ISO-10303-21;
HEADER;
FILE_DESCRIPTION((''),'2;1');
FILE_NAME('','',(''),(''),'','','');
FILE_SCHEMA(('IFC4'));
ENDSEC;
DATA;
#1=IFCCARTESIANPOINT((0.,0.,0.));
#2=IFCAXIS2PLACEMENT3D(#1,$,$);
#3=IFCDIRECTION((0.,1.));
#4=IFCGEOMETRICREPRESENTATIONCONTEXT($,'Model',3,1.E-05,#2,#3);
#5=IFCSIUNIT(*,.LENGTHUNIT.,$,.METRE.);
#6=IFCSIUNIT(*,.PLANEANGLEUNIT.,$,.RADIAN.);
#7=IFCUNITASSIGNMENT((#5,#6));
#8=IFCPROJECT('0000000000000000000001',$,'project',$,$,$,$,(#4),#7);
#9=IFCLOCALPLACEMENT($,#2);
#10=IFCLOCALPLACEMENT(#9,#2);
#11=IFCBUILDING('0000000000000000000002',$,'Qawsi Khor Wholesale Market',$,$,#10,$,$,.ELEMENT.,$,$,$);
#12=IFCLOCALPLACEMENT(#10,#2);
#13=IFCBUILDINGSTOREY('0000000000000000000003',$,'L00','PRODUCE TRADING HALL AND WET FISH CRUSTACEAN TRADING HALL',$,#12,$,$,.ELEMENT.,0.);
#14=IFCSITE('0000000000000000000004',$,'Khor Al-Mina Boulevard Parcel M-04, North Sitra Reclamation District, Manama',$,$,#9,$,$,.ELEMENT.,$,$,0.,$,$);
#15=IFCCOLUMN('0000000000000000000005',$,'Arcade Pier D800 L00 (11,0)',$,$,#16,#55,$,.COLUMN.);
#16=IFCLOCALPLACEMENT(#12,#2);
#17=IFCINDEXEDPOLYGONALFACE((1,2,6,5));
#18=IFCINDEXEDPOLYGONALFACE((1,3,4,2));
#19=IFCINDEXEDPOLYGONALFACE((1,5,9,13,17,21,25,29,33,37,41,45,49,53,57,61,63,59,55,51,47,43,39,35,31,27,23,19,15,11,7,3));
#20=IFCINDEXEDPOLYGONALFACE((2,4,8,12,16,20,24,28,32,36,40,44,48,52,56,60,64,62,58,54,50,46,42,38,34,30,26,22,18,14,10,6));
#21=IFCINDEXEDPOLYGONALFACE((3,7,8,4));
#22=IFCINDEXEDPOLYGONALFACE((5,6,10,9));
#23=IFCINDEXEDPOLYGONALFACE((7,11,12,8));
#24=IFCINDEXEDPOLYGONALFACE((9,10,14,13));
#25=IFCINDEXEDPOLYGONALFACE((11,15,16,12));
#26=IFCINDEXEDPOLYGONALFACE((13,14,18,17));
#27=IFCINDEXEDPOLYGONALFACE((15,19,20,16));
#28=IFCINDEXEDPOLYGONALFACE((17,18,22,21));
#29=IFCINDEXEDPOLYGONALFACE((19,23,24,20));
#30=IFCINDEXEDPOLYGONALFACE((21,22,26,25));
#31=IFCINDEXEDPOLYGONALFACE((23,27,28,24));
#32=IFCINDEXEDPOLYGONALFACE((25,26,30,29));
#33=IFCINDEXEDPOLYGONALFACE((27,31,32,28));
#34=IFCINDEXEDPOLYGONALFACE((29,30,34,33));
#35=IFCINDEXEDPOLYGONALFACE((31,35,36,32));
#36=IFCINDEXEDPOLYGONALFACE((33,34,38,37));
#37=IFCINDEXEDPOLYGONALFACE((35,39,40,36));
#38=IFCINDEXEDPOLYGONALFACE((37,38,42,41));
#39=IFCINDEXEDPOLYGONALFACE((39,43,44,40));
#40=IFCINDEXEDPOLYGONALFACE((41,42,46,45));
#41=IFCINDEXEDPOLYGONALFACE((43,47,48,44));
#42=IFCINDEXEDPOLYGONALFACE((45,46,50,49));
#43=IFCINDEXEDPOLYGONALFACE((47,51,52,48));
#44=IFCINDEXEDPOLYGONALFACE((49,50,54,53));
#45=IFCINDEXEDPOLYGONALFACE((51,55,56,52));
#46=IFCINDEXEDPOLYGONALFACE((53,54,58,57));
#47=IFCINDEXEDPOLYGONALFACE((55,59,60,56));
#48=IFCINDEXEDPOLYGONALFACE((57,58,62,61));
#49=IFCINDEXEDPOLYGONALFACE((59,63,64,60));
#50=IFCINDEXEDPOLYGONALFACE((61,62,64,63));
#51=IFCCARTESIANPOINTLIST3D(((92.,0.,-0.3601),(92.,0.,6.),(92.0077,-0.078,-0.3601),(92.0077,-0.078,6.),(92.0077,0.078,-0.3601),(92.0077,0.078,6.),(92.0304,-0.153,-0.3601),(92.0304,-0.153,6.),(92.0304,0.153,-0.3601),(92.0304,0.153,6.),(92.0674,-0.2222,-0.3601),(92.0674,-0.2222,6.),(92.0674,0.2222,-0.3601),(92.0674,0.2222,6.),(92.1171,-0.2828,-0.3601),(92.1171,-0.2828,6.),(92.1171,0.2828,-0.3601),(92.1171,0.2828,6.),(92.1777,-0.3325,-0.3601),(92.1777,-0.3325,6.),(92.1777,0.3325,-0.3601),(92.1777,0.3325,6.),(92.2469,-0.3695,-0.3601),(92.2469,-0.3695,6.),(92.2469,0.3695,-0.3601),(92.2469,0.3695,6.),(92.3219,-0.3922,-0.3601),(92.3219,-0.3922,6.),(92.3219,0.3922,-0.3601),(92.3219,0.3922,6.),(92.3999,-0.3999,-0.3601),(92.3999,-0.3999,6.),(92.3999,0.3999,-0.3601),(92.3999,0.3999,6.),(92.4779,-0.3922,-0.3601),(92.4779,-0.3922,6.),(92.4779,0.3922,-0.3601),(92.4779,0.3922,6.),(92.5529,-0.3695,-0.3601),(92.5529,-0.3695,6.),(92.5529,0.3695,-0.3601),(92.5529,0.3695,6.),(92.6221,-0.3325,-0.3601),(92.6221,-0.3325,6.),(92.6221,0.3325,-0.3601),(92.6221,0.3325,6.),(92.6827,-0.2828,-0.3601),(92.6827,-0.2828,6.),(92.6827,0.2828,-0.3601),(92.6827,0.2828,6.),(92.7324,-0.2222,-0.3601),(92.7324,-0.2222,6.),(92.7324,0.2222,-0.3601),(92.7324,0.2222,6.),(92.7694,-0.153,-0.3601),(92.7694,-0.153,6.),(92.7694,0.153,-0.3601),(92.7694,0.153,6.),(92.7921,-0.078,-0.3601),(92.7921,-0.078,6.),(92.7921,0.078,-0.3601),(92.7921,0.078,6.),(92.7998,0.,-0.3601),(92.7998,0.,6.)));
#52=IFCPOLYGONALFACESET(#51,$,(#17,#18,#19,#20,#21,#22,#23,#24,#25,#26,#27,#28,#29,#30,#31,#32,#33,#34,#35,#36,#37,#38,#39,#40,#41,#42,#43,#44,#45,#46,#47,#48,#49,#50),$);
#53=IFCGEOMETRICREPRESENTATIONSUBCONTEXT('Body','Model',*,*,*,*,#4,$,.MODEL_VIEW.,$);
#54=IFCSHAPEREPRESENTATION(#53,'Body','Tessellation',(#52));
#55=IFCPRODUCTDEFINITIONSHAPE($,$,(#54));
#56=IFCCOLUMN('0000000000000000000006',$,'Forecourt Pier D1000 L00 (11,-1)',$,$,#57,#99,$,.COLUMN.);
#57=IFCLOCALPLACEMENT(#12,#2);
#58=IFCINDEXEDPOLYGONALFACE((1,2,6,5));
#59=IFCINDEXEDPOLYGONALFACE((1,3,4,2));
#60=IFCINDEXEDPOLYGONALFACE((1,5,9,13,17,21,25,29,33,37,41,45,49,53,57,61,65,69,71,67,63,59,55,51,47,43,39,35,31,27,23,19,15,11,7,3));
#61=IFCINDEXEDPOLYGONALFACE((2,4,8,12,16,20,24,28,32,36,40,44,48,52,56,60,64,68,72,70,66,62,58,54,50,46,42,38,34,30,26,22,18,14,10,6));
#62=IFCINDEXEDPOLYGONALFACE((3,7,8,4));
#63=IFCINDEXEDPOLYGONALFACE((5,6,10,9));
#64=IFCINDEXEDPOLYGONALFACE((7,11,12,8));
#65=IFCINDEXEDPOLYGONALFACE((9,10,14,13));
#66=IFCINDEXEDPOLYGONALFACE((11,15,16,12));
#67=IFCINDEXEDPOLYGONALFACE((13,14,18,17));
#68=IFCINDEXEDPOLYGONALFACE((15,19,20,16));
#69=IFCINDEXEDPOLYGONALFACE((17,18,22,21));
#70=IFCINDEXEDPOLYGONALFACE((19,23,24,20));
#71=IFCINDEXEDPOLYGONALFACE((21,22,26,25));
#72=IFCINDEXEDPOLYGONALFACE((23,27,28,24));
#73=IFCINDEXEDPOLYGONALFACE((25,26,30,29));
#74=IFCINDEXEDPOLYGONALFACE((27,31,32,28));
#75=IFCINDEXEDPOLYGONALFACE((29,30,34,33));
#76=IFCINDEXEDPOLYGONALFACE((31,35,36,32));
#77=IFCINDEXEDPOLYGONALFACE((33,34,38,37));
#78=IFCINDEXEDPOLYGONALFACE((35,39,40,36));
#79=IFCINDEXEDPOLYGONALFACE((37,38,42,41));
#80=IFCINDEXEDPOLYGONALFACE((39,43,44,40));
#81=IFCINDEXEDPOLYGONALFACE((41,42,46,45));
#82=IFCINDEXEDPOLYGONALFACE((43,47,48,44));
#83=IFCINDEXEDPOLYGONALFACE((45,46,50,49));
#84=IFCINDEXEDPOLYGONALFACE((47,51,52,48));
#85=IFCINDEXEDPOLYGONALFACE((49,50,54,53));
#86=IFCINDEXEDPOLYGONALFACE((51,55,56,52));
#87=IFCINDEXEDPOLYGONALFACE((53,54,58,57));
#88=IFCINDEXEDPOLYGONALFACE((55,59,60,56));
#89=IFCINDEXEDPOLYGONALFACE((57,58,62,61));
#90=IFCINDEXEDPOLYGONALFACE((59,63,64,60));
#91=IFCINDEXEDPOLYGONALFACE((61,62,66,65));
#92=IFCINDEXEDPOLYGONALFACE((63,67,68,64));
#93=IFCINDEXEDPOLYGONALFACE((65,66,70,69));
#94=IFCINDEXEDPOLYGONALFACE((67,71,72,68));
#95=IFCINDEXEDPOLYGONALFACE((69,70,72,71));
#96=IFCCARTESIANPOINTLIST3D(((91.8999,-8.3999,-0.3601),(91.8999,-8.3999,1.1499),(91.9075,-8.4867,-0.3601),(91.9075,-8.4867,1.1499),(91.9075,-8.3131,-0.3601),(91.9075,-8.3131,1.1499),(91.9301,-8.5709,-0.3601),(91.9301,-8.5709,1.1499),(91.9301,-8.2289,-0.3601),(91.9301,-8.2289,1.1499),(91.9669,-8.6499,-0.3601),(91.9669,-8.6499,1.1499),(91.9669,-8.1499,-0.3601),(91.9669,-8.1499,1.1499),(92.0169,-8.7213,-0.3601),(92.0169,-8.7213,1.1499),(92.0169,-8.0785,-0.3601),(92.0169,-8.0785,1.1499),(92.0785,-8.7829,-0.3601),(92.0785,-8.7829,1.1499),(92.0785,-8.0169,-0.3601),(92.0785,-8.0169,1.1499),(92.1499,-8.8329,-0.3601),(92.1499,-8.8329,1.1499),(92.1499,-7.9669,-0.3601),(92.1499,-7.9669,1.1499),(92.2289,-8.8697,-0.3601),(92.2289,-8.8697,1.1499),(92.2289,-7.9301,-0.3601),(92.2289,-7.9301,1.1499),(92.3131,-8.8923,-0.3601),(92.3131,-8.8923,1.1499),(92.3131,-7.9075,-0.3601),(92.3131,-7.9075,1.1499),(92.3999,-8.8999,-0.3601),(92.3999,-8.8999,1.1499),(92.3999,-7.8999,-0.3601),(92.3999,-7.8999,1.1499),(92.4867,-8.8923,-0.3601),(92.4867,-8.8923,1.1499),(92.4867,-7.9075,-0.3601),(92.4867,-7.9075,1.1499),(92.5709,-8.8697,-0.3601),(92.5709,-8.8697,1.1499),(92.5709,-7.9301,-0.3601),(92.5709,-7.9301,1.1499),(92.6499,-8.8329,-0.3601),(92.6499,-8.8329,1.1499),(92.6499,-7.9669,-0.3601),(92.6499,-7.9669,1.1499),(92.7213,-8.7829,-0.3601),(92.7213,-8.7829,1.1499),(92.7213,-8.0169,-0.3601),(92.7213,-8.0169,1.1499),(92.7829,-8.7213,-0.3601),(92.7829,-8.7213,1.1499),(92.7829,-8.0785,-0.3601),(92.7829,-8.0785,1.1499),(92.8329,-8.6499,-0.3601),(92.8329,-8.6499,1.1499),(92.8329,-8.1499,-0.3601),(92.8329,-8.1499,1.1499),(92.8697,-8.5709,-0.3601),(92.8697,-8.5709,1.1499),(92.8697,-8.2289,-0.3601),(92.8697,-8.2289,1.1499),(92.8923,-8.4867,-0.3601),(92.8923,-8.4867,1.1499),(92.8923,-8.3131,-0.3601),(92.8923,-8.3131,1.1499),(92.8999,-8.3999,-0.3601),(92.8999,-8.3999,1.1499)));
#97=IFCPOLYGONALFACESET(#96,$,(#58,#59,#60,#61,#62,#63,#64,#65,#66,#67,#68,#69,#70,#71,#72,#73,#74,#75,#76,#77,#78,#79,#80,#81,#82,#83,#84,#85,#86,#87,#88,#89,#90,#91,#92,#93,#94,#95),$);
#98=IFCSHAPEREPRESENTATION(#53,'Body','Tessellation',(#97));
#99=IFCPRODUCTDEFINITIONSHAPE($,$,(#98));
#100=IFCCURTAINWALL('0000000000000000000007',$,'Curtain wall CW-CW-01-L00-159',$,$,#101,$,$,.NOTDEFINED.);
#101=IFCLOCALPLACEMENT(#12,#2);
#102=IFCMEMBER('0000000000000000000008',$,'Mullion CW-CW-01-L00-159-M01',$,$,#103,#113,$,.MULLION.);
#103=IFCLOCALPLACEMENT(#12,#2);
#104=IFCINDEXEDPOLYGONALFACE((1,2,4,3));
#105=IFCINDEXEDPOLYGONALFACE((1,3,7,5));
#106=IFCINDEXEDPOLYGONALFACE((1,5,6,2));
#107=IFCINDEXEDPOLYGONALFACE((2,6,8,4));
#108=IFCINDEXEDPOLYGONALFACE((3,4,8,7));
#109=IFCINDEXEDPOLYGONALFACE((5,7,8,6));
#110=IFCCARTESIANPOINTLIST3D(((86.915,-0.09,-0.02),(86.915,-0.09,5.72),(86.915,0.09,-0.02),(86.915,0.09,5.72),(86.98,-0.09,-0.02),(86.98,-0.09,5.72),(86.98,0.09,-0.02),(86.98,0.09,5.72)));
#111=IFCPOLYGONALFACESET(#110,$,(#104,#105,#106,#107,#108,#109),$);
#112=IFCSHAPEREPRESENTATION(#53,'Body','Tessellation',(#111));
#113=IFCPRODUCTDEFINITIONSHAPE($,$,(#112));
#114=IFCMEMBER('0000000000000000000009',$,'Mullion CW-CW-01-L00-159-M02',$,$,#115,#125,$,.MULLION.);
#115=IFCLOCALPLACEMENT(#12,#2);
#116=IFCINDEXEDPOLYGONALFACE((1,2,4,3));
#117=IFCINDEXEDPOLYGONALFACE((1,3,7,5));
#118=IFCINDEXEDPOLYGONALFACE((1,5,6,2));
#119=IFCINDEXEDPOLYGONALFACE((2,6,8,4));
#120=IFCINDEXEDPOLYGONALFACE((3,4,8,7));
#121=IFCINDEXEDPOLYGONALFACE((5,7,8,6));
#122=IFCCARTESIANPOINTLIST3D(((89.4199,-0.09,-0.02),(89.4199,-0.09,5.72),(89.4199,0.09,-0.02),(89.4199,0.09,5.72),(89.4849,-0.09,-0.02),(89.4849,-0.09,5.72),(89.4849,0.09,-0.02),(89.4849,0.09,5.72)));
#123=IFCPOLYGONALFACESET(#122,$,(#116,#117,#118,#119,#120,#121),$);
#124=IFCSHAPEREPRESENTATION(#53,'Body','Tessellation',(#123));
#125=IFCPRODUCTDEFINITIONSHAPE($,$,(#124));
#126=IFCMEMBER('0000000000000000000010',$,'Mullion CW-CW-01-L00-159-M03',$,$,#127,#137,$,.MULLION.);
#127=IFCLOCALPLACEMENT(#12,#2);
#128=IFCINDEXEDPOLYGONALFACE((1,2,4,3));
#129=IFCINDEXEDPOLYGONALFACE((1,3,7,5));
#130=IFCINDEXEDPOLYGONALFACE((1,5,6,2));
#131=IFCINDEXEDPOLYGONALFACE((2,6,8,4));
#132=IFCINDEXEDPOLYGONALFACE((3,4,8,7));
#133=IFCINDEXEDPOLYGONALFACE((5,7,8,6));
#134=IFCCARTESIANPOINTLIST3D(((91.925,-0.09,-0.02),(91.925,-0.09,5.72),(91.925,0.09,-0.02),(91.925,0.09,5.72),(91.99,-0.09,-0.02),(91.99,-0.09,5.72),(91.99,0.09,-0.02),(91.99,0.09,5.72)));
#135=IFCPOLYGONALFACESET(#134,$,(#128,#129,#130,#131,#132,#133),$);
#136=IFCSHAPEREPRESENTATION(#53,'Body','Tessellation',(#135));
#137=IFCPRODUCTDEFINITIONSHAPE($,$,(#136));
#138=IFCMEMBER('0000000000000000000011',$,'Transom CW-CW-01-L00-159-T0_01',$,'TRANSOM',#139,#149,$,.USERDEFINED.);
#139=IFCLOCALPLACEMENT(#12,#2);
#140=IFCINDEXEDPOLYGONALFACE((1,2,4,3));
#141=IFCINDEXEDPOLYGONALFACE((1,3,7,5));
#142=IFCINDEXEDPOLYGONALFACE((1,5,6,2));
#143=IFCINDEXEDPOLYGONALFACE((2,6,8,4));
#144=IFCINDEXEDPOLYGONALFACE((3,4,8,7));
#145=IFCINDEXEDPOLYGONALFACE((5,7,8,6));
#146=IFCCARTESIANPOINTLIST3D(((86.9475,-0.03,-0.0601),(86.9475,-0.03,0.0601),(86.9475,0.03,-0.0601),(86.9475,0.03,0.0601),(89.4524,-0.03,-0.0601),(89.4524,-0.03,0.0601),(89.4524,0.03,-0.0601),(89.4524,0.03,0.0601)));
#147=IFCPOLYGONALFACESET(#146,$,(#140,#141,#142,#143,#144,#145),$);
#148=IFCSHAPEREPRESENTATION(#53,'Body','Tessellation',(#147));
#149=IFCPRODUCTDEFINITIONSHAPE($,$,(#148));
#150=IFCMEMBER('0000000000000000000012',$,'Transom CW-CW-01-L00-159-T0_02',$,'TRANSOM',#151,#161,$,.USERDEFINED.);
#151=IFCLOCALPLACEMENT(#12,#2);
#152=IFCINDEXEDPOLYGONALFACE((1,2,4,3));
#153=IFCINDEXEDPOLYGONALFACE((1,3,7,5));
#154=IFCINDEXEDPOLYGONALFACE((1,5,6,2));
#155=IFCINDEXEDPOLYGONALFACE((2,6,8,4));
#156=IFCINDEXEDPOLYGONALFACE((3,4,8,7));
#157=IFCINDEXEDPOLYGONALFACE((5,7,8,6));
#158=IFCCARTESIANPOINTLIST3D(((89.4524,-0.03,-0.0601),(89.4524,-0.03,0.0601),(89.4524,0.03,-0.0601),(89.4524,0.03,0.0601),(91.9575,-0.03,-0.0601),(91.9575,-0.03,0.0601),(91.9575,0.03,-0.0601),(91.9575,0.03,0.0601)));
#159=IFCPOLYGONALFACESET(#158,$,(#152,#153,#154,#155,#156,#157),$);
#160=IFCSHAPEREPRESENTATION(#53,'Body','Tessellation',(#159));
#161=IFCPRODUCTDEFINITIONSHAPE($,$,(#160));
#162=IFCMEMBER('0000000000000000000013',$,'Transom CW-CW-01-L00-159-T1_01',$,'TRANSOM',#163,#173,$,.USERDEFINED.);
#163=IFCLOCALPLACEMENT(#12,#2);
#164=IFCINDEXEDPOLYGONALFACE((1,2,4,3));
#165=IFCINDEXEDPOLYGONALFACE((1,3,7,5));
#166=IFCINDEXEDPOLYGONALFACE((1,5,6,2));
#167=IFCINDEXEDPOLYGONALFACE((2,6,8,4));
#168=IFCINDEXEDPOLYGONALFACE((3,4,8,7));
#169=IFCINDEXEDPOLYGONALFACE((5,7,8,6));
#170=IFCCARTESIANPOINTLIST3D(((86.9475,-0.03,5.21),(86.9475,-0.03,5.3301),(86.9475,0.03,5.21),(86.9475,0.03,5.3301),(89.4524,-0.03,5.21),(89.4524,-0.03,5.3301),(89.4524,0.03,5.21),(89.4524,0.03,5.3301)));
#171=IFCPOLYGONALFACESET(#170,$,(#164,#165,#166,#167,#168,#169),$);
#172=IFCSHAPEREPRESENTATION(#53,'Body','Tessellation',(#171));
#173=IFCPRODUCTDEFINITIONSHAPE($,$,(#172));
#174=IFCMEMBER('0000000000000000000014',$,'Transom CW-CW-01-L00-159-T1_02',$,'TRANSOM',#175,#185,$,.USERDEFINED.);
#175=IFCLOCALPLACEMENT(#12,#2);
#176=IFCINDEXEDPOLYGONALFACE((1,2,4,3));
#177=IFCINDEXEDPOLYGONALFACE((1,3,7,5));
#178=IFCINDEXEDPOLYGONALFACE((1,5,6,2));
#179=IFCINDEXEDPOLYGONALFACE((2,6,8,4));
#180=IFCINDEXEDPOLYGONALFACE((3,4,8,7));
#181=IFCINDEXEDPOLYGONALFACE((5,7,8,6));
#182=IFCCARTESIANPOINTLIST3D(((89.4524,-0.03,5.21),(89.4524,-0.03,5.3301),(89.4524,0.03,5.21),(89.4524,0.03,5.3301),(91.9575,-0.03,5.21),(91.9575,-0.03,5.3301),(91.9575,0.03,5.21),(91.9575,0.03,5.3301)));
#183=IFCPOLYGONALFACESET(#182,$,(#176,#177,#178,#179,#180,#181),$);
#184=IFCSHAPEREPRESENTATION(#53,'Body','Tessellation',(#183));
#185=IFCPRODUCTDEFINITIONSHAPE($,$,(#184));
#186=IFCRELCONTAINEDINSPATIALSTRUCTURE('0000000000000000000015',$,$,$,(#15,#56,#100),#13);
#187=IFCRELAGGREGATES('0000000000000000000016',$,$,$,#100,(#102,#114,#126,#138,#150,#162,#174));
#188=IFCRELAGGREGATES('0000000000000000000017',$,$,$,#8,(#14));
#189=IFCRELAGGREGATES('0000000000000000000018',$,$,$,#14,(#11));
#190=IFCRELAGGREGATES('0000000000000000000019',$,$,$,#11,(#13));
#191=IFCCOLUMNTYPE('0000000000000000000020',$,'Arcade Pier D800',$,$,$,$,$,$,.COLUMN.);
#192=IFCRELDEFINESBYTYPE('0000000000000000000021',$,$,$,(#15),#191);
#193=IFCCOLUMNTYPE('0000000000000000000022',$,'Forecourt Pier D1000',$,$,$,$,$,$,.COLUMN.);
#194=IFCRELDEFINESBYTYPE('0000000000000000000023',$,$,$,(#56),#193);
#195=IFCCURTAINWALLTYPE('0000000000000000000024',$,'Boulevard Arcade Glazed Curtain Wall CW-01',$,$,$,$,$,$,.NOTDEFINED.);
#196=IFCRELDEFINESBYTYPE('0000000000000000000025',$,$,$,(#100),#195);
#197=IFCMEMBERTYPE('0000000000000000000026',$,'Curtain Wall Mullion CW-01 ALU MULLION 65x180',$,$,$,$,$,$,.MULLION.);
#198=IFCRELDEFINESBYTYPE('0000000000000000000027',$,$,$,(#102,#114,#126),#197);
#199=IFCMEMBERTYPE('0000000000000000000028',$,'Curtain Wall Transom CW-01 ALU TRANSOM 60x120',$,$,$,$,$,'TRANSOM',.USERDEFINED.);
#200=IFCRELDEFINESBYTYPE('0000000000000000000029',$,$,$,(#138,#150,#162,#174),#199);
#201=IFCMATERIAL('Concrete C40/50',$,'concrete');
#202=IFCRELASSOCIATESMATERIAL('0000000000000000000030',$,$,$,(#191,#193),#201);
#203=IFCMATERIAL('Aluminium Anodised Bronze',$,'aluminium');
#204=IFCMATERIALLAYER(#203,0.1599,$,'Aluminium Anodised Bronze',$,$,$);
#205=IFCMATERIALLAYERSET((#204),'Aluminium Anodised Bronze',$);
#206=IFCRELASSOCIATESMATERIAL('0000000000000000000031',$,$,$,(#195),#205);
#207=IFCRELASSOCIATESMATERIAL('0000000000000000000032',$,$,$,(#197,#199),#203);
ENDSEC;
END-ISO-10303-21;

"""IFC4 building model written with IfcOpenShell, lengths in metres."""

from ifc_helpers import new_model, si_unit, direction, frame, origin, origin_2d, place, context, subcontext, project, spatial, rectangle, circle, extrude, material, layer, layer_set, material_profile, profile_set, type_object, element, aggregate, save


model = new_model("IFC4")

# Units and contexts
model_context = context("Model", 3, precision=1e-05, world=origin(), true_north=direction((0.0, 1.0)))
body_context = subcontext(model_context, "Body", "Model", "MODEL_VIEW")
ifc_project = project(units=[si_unit("LENGTHUNIT", "METRE"), si_unit("PLANEANGLEUNIT", "RADIAN")], contexts=[model_context])

# Site, building, storey
site_placement = place(None, origin())
site = spatial("IfcSite", under=ifc_project, at=site_placement, Name="Khor Al-Mina Boulevard Parcel M-04, North Sitra Reclamation District, Manama", CompositionType="ELEMENT", RefElevation=0.0)
building_placement = place(site_placement, origin())
building = spatial("IfcBuilding", under=site, at=building_placement, Name="Qawsi Khor Wholesale Market", CompositionType="ELEMENT")
storey_placement = place(building_placement, origin())
storey = spatial("IfcBuildingStorey", under=building, at=storey_placement, Name="L00", Description="PRODUCE TRADING HALL AND WET FISH CRUSTACEAN TRADING HALL", CompositionType="ELEMENT", Elevation=0.0)

# Columns
ifc_material_1 = material(Name="Concrete C40/50", Category="concrete")
ifc_material_profile_1 = material_profile(ifc_material_1, circle(Radius=0.3999, at=origin_2d()), Name="RC COL D800")
ifc_profile_set_1 = profile_set([ifc_material_profile_1], Name="Concrete C40/50")
column_type_1 = type_object("IfcColumnType", Name="Arcade Pier D800", PredefinedType="COLUMN", material=ifc_profile_set_1)
column_1_placement = place(storey_placement, frame((92.3999, 0.0, -0.3601), z_axis=(0.0, 0.0, 1.0), x_axis=(1.0, 0.0, 0.0)))
element("IfcColumn", 1, at=column_1_placement, inside=storey, type_object=column_type_1, Name="Arcade Pier D800 L00 (11,0)", PredefinedType="COLUMN", context=body_context, shape_type="SweptSolid", body=[
    extrude(circle(Radius=0.3999, at=origin_2d()), origin(), (0.0, 0.0, 1.0), 6.3601),
])
ifc_material_profile_2 = material_profile(ifc_material_1, circle(Radius=0.5, at=origin_2d()), Name="RC COL D1000")
ifc_profile_set_2 = profile_set([ifc_material_profile_2], Name="Concrete C40/50")
column_type_2 = type_object("IfcColumnType", Name="Forecourt Pier D1000", PredefinedType="COLUMN", material=ifc_profile_set_2)
column_2_placement = place(storey_placement, frame((92.3999, -8.3999, -0.3601), z_axis=(0.0, 0.0, 1.0), x_axis=(1.0, 0.0, 0.0)))
element("IfcColumn", 2, at=column_2_placement, inside=storey, type_object=column_type_2, Name="Forecourt Pier D1000 L00 (11,-1)", PredefinedType="COLUMN", context=body_context, shape_type="SweptSolid", body=[
    extrude(circle(Radius=0.5, at=origin_2d()), origin(), (0.0, 0.0, 1.0), 1.51),
])

# Curtain wall, members
ifc_material_2 = material(Name="Aluminium Anodised Bronze", Category="aluminium")
ifc_layer_1 = layer(ifc_material_2, 0.1599, Name="Aluminium Anodised Bronze")
ifc_layer_set_1 = layer_set([ifc_layer_1], Name="Aluminium Anodised Bronze")
curtain_wall_type = type_object("IfcCurtainWallType", Name="Boulevard Arcade Glazed Curtain Wall CW-01", PredefinedType="NOTDEFINED", material=ifc_layer_set_1)
curtain_wall_placement = place(storey_placement, origin())
curtain_wall = element("IfcCurtainWall", 3, at=curtain_wall_placement, inside=storey, type_object=curtain_wall_type, Name="Curtain wall CW-CW-01-L00-159", PredefinedType="NOTDEFINED")
ifc_material_profile_3 = material_profile(ifc_material_2, rectangle(XDim=0.0649, YDim=0.1799, at=origin_2d()), Name="ALU MULLION 65x180")
ifc_profile_set_3 = profile_set([ifc_material_profile_3], Name="Aluminium Anodised Bronze")
member_type_1 = type_object("IfcMemberType", Name="Curtain Wall Mullion CW-01 ALU MULLION 65x180", PredefinedType="MULLION", material=ifc_profile_set_3)
member_1_placement = place(storey_placement, frame((86.9475, 0.0, -0.02), z_axis=(0.0, 0.0, 1.0), x_axis=(1.0, 0.0, 0.0)))
member_1 = element("IfcMember", 4, at=member_1_placement, type_object=member_type_1, Name="Mullion CW-CW-01-L00-159-M01", PredefinedType="MULLION", context=body_context, shape_type="SweptSolid", body=[
    extrude(rectangle(XDim=0.0649, YDim=0.1799, at=origin_2d()), origin(), (0.0, 0.0, 1.0), 5.74),
])
member_2_placement = place(storey_placement, frame((89.4524, 0.0, -0.02), z_axis=(0.0, 0.0, 1.0), x_axis=(1.0, 0.0, 0.0)))
member_2 = element("IfcMember", 5, at=member_2_placement, type_object=member_type_1, Name="Mullion CW-CW-01-L00-159-M02", PredefinedType="MULLION", context=body_context, shape_type="SweptSolid", body=[
    extrude(rectangle(XDim=0.0649, YDim=0.1799, at=origin_2d()), origin(), (0.0, 0.0, 1.0), 5.74),
])
member_3_placement = place(storey_placement, frame((91.9575, 0.0, -0.02), z_axis=(0.0, 0.0, 1.0), x_axis=(1.0, 0.0, 0.0)))
member_3 = element("IfcMember", 6, at=member_3_placement, type_object=member_type_1, Name="Mullion CW-CW-01-L00-159-M03", PredefinedType="MULLION", context=body_context, shape_type="SweptSolid", body=[
    extrude(rectangle(XDim=0.0649, YDim=0.1799, at=origin_2d()), origin(), (0.0, 0.0, 1.0), 5.74),
])
ifc_material_profile_4 = material_profile(ifc_material_2, rectangle(XDim=0.0601, YDim=0.1201, at=origin_2d()), Name="ALU TRANSOM 60x120")
ifc_profile_set_4 = profile_set([ifc_material_profile_4], Name="Aluminium Anodised Bronze")
member_type_2 = type_object("IfcMemberType", Name="Curtain Wall Transom CW-01 ALU TRANSOM 60x120", ElementType="TRANSOM", PredefinedType="USERDEFINED", material=ifc_profile_set_4)
member_4_placement = place(storey_placement, frame((86.9475, 0.0, 0.0), z_axis=(1.0, 0.0, 0.0), x_axis=(0.0, 1.0, 0.0)))
member_4 = element("IfcMember", 7, at=member_4_placement, type_object=member_type_2, Name="Transom CW-CW-01-L00-159-T0_01", ObjectType="TRANSOM", PredefinedType="USERDEFINED", context=body_context, shape_type="SweptSolid", body=[
    extrude(rectangle(XDim=0.0601, YDim=0.1201, at=origin_2d()), origin(), (0.0, 0.0, 1.0), 2.5049),
])
member_5_placement = place(storey_placement, frame((89.4524, 0.0, 0.0), z_axis=(1.0, 0.0, 0.0), x_axis=(0.0, 1.0, 0.0)))
member_5 = element("IfcMember", 8, at=member_5_placement, type_object=member_type_2, Name="Transom CW-CW-01-L00-159-T0_02", ObjectType="TRANSOM", PredefinedType="USERDEFINED", context=body_context, shape_type="SweptSolid", body=[
    extrude(rectangle(XDim=0.0601, YDim=0.1201, at=origin_2d()), origin(), (0.0, 0.0, 1.0), 2.5051),
])
member_6_placement = place(storey_placement, frame((86.9475, 0.0, 5.27), z_axis=(1.0, 0.0, 0.0), x_axis=(0.0, 1.0, 0.0)))
member_6 = element("IfcMember", 9, at=member_6_placement, type_object=member_type_2, Name="Transom CW-CW-01-L00-159-T1_01", ObjectType="TRANSOM", PredefinedType="USERDEFINED", context=body_context, shape_type="SweptSolid", body=[
    extrude(rectangle(XDim=0.0601, YDim=0.1201, at=origin_2d()), origin(), (0.0, 0.0, 1.0), 2.5049),
])
member_7_placement = place(storey_placement, frame((89.4524, 0.0, 5.27), z_axis=(1.0, 0.0, 0.0), x_axis=(0.0, 1.0, 0.0)))
member_7 = element("IfcMember", 10, at=member_7_placement, type_object=member_type_2, Name="Transom CW-CW-01-L00-159-T1_02", ObjectType="TRANSOM", PredefinedType="USERDEFINED", context=body_context, shape_type="SweptSolid", body=[
    extrude(rectangle(XDim=0.0601, YDim=0.1201, at=origin_2d()), origin(), (0.0, 0.0, 1.0), 2.5051),
])

aggregate(curtain_wall, [member_1, member_2, member_3, member_4, member_5, member_6, member_7])

save(model, "model.ifc")
